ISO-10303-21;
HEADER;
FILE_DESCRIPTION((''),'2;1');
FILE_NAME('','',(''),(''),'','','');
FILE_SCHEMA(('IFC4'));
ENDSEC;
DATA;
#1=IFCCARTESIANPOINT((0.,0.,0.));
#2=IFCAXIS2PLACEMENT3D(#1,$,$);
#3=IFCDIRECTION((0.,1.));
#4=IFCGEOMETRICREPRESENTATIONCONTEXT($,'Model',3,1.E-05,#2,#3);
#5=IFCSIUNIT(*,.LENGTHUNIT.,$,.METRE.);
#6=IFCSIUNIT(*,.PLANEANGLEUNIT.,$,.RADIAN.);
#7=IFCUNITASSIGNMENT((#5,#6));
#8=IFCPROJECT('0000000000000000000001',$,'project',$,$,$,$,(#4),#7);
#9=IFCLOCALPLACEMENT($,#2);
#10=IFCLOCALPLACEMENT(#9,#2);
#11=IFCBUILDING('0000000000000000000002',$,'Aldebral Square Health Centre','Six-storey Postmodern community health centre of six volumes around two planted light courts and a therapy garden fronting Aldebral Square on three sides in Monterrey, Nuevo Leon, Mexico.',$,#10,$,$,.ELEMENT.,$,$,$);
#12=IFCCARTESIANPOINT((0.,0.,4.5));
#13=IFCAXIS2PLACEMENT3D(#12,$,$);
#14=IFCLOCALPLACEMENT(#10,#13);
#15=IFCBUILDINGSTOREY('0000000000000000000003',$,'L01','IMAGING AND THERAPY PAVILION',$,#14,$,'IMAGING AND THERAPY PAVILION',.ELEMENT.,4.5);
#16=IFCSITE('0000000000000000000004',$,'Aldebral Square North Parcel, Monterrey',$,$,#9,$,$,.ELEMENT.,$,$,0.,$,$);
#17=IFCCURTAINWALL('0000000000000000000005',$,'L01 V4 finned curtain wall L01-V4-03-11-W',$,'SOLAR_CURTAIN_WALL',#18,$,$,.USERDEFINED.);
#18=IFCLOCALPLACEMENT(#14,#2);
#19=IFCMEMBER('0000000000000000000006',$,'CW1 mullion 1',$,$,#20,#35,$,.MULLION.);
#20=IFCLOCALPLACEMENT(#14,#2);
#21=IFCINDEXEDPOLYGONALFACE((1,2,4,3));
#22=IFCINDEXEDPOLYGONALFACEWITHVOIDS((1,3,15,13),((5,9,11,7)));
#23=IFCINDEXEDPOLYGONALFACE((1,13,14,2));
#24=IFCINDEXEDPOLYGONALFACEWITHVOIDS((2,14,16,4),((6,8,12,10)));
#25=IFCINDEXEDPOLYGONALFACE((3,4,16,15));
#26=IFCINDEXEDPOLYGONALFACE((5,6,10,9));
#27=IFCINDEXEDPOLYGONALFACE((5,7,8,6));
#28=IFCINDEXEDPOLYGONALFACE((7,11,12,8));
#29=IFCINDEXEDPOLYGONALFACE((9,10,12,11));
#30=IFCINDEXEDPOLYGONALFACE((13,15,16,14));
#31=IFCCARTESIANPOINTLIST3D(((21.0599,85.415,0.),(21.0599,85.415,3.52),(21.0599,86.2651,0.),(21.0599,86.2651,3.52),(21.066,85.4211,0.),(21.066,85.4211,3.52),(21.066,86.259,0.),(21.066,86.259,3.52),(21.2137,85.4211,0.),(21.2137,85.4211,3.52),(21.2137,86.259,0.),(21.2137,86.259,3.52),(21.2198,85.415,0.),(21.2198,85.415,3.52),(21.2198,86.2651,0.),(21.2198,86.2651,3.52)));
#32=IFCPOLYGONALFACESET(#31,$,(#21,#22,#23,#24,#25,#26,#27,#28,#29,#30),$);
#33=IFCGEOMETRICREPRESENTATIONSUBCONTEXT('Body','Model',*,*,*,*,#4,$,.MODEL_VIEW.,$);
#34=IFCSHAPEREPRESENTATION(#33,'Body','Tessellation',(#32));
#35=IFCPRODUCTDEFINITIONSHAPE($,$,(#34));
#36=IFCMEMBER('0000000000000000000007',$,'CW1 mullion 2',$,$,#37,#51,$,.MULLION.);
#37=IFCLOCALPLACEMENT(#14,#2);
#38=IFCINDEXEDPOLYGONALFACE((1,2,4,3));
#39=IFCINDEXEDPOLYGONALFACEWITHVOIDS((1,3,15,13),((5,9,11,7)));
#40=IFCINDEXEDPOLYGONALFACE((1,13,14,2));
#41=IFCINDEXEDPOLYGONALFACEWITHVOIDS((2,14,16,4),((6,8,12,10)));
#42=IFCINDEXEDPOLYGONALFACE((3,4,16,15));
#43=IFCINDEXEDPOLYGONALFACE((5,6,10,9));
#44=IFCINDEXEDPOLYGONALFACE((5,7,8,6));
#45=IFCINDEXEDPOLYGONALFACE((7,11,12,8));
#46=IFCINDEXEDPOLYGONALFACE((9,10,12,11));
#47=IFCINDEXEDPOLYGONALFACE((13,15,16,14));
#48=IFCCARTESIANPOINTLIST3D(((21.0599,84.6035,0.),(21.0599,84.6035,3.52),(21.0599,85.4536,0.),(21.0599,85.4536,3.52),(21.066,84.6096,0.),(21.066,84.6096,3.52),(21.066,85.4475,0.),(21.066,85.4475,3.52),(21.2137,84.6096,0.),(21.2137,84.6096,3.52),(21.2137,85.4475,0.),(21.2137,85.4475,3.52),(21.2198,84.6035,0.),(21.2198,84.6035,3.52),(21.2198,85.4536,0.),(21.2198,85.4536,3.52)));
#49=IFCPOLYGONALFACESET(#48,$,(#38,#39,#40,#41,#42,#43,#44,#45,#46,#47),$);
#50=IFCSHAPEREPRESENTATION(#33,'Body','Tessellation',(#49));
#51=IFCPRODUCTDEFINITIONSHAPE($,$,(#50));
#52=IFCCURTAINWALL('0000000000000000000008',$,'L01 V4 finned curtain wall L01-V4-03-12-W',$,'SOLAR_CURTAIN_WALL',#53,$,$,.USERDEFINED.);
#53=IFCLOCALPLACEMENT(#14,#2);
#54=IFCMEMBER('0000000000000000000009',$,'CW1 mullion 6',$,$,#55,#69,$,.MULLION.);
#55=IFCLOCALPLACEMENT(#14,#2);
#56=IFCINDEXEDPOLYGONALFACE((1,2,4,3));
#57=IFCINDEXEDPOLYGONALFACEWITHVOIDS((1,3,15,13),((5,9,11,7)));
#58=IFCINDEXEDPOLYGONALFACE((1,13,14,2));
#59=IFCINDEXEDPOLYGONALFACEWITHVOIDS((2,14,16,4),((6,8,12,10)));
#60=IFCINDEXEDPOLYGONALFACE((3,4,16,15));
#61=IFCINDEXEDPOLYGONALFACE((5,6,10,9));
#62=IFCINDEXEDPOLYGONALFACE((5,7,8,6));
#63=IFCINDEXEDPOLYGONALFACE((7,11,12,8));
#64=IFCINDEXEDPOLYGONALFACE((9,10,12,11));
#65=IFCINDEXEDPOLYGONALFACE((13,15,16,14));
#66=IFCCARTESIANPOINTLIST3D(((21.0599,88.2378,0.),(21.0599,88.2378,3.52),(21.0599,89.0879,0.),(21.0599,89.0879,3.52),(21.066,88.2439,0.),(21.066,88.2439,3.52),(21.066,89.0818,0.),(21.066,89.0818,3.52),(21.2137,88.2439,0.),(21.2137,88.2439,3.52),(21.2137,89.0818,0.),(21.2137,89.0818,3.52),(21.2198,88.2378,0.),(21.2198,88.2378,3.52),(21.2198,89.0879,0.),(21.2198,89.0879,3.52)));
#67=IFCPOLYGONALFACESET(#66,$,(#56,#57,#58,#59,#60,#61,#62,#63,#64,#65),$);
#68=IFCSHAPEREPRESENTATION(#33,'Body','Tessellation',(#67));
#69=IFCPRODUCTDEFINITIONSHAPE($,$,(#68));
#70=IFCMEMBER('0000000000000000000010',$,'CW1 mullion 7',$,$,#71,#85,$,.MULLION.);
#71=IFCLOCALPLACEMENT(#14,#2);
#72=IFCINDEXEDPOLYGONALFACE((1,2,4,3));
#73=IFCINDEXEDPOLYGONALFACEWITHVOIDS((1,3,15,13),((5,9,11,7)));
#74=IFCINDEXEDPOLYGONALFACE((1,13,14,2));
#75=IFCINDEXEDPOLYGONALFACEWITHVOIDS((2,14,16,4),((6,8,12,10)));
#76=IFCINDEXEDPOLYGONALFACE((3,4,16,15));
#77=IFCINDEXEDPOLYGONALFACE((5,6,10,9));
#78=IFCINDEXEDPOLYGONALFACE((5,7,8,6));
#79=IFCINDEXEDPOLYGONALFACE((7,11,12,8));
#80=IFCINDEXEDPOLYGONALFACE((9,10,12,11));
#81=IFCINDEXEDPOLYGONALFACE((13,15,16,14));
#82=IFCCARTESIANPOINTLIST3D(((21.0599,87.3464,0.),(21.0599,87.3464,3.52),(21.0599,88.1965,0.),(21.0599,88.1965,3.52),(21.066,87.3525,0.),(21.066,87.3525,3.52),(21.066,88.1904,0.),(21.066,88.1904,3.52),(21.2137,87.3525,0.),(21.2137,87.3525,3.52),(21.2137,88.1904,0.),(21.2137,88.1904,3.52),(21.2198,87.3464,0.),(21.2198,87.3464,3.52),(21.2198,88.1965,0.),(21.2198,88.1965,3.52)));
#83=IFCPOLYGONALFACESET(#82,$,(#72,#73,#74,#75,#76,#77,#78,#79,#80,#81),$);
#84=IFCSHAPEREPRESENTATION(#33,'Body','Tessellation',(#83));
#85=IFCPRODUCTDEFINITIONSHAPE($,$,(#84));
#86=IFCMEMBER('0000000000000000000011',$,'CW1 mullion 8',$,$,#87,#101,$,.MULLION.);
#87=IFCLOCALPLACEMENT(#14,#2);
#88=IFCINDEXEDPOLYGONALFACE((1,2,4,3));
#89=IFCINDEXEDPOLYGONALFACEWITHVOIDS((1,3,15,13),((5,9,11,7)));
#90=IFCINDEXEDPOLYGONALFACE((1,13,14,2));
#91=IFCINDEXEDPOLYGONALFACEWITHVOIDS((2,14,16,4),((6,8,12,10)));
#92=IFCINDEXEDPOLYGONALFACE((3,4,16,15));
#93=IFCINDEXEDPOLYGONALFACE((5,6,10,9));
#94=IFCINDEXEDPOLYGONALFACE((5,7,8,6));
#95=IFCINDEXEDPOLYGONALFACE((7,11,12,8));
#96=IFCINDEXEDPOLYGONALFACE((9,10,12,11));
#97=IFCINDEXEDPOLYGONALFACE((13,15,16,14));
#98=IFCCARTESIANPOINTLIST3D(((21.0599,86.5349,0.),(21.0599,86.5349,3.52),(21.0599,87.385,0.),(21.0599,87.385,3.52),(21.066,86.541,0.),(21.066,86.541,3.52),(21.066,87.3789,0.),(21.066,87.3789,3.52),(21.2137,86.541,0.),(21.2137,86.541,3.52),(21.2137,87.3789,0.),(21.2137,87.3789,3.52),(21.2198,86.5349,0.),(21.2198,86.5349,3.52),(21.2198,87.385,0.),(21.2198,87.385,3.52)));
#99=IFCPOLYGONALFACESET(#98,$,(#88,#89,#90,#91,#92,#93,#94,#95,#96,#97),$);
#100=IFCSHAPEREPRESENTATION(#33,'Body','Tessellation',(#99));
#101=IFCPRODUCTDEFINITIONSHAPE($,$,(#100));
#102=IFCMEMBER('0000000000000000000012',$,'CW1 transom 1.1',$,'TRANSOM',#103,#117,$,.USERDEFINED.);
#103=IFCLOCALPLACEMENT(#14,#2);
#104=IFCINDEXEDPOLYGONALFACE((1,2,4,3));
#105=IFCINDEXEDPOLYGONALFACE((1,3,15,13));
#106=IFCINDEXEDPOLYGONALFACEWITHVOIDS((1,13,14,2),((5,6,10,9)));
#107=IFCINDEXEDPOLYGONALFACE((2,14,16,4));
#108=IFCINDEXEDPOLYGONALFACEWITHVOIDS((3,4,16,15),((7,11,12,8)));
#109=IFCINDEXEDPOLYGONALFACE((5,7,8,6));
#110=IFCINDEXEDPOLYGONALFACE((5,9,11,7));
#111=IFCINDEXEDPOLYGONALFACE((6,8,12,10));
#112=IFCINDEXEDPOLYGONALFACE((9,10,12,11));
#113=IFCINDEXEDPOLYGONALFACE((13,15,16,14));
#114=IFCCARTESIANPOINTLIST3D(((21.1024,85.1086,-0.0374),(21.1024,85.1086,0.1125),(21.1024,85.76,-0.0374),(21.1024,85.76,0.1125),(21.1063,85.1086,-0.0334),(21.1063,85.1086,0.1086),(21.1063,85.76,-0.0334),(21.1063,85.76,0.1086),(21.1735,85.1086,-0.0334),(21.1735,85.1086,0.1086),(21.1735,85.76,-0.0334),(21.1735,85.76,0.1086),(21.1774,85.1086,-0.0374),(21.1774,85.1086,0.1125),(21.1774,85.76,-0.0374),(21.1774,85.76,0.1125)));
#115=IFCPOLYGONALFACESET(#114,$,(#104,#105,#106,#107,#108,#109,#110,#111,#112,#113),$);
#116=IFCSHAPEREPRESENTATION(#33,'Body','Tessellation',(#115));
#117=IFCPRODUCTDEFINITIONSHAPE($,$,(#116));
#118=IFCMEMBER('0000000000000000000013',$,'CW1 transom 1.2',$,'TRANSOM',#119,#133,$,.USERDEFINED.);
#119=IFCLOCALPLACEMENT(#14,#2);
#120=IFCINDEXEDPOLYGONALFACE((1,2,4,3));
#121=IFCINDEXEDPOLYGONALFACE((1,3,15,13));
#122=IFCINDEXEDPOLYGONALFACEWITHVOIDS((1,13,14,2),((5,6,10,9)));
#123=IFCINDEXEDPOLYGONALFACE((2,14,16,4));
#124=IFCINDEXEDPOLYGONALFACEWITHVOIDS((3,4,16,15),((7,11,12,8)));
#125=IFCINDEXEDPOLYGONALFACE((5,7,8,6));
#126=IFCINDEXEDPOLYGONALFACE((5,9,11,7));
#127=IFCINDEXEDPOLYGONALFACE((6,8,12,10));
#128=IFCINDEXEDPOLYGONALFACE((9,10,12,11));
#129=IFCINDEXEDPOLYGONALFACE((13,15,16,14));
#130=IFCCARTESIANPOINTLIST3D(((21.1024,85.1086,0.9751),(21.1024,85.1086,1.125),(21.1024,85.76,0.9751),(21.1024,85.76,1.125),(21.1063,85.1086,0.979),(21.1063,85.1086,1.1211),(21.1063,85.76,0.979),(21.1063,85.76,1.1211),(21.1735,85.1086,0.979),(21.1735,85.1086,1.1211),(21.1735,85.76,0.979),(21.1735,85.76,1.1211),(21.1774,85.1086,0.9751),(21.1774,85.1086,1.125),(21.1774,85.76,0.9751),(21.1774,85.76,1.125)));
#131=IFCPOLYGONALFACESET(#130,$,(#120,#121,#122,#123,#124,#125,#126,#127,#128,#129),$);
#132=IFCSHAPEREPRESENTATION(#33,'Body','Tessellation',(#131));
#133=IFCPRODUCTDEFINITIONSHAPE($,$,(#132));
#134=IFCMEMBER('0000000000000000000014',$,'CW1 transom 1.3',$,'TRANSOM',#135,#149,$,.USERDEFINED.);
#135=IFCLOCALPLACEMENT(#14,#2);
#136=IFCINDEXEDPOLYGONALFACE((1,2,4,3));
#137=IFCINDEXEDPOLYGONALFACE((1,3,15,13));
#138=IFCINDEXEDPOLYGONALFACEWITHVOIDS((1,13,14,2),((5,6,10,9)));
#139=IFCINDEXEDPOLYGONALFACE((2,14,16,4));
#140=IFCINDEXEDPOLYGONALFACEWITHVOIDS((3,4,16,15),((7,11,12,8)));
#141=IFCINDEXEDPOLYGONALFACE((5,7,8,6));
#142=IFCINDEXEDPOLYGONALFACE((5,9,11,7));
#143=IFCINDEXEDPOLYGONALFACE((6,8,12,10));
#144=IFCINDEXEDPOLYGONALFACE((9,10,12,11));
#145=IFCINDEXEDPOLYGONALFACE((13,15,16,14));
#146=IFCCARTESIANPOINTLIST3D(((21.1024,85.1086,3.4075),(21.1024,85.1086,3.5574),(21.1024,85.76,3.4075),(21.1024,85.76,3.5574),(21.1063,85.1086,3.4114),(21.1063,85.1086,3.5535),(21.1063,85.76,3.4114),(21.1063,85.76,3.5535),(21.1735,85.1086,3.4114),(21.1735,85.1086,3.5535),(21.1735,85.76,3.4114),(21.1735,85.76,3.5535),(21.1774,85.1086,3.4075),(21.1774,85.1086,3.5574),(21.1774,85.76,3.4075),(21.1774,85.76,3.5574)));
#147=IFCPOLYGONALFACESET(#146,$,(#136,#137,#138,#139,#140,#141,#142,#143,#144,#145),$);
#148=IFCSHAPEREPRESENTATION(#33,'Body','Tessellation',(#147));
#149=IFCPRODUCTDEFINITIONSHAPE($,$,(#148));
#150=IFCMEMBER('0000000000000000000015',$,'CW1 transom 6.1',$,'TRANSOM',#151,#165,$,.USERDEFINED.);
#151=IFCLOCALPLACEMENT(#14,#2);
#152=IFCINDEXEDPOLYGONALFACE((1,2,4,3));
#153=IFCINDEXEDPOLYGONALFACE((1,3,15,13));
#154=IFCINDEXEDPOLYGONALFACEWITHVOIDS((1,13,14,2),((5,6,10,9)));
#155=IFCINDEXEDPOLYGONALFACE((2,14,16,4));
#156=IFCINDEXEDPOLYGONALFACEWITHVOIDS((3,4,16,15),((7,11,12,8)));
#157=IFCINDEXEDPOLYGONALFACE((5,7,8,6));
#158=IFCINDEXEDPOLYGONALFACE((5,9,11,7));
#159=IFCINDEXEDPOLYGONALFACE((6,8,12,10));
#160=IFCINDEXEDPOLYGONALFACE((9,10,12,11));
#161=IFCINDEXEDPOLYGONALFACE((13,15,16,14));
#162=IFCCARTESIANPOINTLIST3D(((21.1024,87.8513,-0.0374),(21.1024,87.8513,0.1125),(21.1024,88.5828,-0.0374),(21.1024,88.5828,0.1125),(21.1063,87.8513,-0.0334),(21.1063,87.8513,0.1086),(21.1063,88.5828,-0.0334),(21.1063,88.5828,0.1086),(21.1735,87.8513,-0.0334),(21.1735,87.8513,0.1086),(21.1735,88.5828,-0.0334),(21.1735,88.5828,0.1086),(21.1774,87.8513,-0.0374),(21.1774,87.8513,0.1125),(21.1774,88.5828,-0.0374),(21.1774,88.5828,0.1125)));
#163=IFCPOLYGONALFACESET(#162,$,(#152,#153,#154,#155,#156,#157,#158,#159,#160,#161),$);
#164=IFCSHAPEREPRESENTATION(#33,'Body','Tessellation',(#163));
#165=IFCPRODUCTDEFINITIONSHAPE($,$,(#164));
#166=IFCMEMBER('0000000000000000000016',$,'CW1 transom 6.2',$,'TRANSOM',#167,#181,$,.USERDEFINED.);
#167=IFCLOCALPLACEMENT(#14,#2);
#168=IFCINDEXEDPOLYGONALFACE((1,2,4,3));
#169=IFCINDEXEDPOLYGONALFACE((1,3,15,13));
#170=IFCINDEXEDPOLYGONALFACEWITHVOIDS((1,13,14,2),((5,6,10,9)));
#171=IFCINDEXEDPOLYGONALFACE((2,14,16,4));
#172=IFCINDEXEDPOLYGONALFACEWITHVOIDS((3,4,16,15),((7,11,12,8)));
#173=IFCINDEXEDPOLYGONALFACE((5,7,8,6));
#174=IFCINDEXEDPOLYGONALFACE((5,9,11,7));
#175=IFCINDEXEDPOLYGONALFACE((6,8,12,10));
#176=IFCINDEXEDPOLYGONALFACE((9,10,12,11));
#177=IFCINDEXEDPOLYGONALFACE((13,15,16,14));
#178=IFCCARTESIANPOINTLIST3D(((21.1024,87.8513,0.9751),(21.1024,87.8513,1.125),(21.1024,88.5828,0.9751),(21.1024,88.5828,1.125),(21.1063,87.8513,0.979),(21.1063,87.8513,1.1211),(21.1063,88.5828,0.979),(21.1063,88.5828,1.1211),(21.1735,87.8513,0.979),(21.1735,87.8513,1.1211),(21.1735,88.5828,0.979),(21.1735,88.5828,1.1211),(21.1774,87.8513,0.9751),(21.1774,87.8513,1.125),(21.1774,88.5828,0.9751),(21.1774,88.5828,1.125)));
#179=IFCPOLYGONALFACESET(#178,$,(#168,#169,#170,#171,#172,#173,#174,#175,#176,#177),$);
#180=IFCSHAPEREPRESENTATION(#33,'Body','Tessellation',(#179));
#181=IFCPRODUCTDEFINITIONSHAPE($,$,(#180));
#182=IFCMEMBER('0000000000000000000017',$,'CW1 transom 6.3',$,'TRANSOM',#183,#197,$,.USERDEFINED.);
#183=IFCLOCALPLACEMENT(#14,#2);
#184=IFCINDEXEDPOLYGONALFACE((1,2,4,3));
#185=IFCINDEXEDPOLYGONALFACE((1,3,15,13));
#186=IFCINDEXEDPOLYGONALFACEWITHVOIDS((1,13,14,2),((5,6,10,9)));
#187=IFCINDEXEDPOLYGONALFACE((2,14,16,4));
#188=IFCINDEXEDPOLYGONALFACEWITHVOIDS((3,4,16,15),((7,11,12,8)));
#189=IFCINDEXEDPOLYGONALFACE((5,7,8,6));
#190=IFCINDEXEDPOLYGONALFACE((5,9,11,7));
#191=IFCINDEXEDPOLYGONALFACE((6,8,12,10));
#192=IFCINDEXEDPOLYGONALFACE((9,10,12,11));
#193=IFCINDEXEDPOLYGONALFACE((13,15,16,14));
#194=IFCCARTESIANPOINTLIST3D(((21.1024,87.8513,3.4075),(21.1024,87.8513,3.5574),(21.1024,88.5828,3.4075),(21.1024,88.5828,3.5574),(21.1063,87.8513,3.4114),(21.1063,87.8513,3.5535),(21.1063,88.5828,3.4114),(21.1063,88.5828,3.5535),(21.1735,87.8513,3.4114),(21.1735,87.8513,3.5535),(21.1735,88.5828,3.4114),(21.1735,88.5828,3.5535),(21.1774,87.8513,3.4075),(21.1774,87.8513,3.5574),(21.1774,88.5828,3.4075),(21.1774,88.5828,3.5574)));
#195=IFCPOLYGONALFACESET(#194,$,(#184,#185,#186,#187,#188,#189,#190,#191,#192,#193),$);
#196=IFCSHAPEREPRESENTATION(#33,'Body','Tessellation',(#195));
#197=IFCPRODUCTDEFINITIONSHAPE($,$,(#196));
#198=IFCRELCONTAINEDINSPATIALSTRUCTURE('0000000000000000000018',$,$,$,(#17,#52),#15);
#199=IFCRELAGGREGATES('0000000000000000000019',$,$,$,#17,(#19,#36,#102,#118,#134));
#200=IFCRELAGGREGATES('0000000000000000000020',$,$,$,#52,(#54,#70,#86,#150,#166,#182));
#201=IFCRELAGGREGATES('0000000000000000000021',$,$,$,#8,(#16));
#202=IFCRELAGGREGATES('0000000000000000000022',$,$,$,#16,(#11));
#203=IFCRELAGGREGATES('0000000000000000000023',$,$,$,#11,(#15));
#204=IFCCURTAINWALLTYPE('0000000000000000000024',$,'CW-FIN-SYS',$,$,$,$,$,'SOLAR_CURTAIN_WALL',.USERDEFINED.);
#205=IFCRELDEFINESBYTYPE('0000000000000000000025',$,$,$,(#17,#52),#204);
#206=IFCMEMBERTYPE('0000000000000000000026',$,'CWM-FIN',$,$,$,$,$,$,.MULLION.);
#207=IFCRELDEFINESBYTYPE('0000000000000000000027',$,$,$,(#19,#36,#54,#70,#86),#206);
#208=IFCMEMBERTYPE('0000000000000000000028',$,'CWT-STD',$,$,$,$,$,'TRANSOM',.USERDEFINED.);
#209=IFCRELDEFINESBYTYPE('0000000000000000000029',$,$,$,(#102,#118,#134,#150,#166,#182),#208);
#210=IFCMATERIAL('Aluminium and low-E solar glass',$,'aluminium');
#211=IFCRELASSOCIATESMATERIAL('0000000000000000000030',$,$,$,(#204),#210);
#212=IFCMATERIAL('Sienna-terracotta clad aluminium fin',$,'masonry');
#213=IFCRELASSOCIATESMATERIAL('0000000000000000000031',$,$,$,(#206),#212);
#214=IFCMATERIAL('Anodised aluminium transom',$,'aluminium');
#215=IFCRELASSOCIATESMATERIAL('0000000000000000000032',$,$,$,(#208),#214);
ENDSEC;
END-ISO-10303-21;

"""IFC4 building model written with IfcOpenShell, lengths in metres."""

from ifc_helpers import new_model, si_unit, direction, frame, origin, origin_2d, place, context, subcontext, project, spatial, hollow_rectangle, extrude, material, material_profile, profile_set, type_object, element, aggregate, save


model = new_model("IFC4")

# Units and contexts
model_context = context("Model", 3, precision=1e-05, world=origin(), true_north=direction((0.0, 1.0)))
body_context = subcontext(model_context, "Body", "Model", "MODEL_VIEW")
ifc_project = project(units=[si_unit("LENGTHUNIT", "METRE"), si_unit("PLANEANGLEUNIT", "RADIAN")], contexts=[model_context])

# Site, building, storey
site_placement = place(None, origin())
site = spatial("IfcSite", under=ifc_project, at=site_placement, Name="Aldebral Square North Parcel, Monterrey", CompositionType="ELEMENT", RefElevation=0.0)
building_placement = place(site_placement, origin())
building = spatial("IfcBuilding", under=site, at=building_placement, Name="Aldebral Square Health Centre", Description="Six-storey Postmodern community health centre of six volumes around two planted light courts and a therapy garden fronting Aldebral Square on three sides in Monterrey, Nuevo Leon, Mexico.", CompositionType="ELEMENT")
storey_placement = place(building_placement, frame((0.0, 0.0, 4.5)))
storey = spatial("IfcBuildingStorey", under=building, at=storey_placement, Name="L01", Description="IMAGING AND THERAPY PAVILION", LongName="IMAGING AND THERAPY PAVILION", CompositionType="ELEMENT", Elevation=4.5)

# Curtain walls, members
ifc_material_1 = material(Name="Aluminium and low-E solar glass", Category="aluminium")
curtain_wall_type = type_object("IfcCurtainWallType", Name="CW-FIN-SYS", ElementType="SOLAR_CURTAIN_WALL", PredefinedType="USERDEFINED", material=ifc_material_1)
curtain_wall_1_placement = place(storey_placement, origin())
curtain_wall_1 = element("IfcCurtainWall", 1, at=curtain_wall_1_placement, inside=storey, type_object=curtain_wall_type, Name="L01 V4 finned curtain wall L01-V4-03-11-W", ObjectType="SOLAR_CURTAIN_WALL", PredefinedType="USERDEFINED")
ifc_material_2 = material(Name="Sienna-terracotta clad aluminium fin", Category="masonry")
ifc_material_profile_1 = material_profile(ifc_material_2, hollow_rectangle(XDim=0.1599, YDim=0.8501, WallThickness=0.0061, at=origin_2d()), Name="FIN 160x850x6")
ifc_profile_set_1 = profile_set([ifc_material_profile_1], Name="Sienna-terracotta clad aluminium fin")
member_type_1 = type_object("IfcMemberType", Name="CWM-FIN", PredefinedType="MULLION", material=ifc_profile_set_1)
member_1_placement = place(storey_placement, frame((21.1399, 85.8401, 0.0), z_axis=(0.0, 0.0, 1.0), x_axis=(1.0, 0.0, 0.0)))
member_1 = element("IfcMember", 2, at=member_1_placement, type_object=member_type_1, Name="CW1 mullion 1", PredefinedType="MULLION", context=body_context, shape_type="SweptSolid", body=[
    extrude(hollow_rectangle(XDim=0.1599, YDim=0.8501, WallThickness=0.0061, at=origin_2d()), origin(), (0.0, 0.0, 1.0), 3.52),
])
member_2_placement = place(storey_placement, frame((21.1399, 85.0286, 0.0), z_axis=(0.0, 0.0, 1.0), x_axis=(1.0, 0.0, 0.0)))
member_2 = element("IfcMember", 3, at=member_2_placement, type_object=member_type_1, Name="CW1 mullion 2", PredefinedType="MULLION", context=body_context, shape_type="SweptSolid", body=[
    extrude(hollow_rectangle(XDim=0.1599, YDim=0.8501, WallThickness=0.0061, at=origin_2d()), origin(), (0.0, 0.0, 1.0), 3.52),
])
curtain_wall_2_placement = place(storey_placement, origin())
curtain_wall_2 = element("IfcCurtainWall", 4, at=curtain_wall_2_placement, inside=storey, type_object=curtain_wall_type, Name="L01 V4 finned curtain wall L01-V4-03-12-W", ObjectType="SOLAR_CURTAIN_WALL", PredefinedType="USERDEFINED")
member_3_placement = place(storey_placement, frame((21.1399, 88.6628, 0.0), z_axis=(0.0, 0.0, 1.0), x_axis=(1.0, 0.0, 0.0)))
member_3 = element("IfcMember", 5, at=member_3_placement, type_object=member_type_1, Name="CW1 mullion 6", PredefinedType="MULLION", context=body_context, shape_type="SweptSolid", body=[
    extrude(hollow_rectangle(XDim=0.1599, YDim=0.8501, WallThickness=0.0061, at=origin_2d()), origin(), (0.0, 0.0, 1.0), 3.52),
])
member_4_placement = place(storey_placement, frame((21.1399, 87.7715, 0.0), z_axis=(0.0, 0.0, 1.0), x_axis=(1.0, 0.0, 0.0)))
member_4 = element("IfcMember", 6, at=member_4_placement, type_object=member_type_1, Name="CW1 mullion 7", PredefinedType="MULLION", context=body_context, shape_type="SweptSolid", body=[
    extrude(hollow_rectangle(XDim=0.1599, YDim=0.8501, WallThickness=0.0061, at=origin_2d()), origin(), (0.0, 0.0, 1.0), 3.52),
])
member_5_placement = place(storey_placement, frame((21.1399, 86.96, 0.0), z_axis=(0.0, 0.0, 1.0), x_axis=(1.0, 0.0, 0.0)))
member_5 = element("IfcMember", 7, at=member_5_placement, type_object=member_type_1, Name="CW1 mullion 8", PredefinedType="MULLION", context=body_context, shape_type="SweptSolid", body=[
    extrude(hollow_rectangle(XDim=0.1599, YDim=0.8501, WallThickness=0.0061, at=origin_2d()), origin(), (0.0, 0.0, 1.0), 3.52),
])

# Members
ifc_material_3 = material(Name="Anodised aluminium transom", Category="aluminium")
ifc_material_profile_2 = material_profile(ifc_material_3, hollow_rectangle(XDim=0.075, YDim=0.1499, WallThickness=0.0039, at=origin_2d()), Name="CWT 75x150x4")
ifc_profile_set_2 = profile_set([ifc_material_profile_2], Name="Anodised aluminium transom")
member_type_2 = type_object("IfcMemberType", Name="CWT-STD", ElementType="TRANSOM", PredefinedType="USERDEFINED", material=ifc_profile_set_2)
member_6_placement = place(storey_placement, frame((21.1399, 85.76, 0.0376), z_axis=(0.0, -1.0, 0.0), x_axis=(1.0, 0.0, 0.0)))
member_6 = element("IfcMember", 8, at=member_6_placement, type_object=member_type_2, Name="CW1 transom 1.1", ObjectType="TRANSOM", PredefinedType="USERDEFINED", context=body_context, shape_type="SweptSolid", body=[
    extrude(hollow_rectangle(XDim=0.075, YDim=0.1499, WallThickness=0.0039, at=origin_2d()), origin(), (0.0, 0.0, 1.0), 0.6514),
])
member_7_placement = place(storey_placement, frame((21.1399, 85.76, 1.05), z_axis=(0.0, -1.0, 0.0), x_axis=(1.0, 0.0, 0.0)))
member_7 = element("IfcMember", 9, at=member_7_placement, type_object=member_type_2, Name="CW1 transom 1.2", ObjectType="TRANSOM", PredefinedType="USERDEFINED", context=body_context, shape_type="SweptSolid", body=[
    extrude(hollow_rectangle(XDim=0.075, YDim=0.1499, WallThickness=0.0039, at=origin_2d()), origin(), (0.0, 0.0, 1.0), 0.6514),
])
member_8_placement = place(storey_placement, frame((21.1399, 85.76, 3.4824), z_axis=(0.0, -1.0, 0.0), x_axis=(1.0, 0.0, 0.0)))
member_8 = element("IfcMember", 10, at=member_8_placement, type_object=member_type_2, Name="CW1 transom 1.3", ObjectType="TRANSOM", PredefinedType="USERDEFINED", context=body_context, shape_type="SweptSolid", body=[
    extrude(hollow_rectangle(XDim=0.075, YDim=0.1499, WallThickness=0.0039, at=origin_2d()), origin(), (0.0, 0.0, 1.0), 0.6514),
])
member_9_placement = place(storey_placement, frame((21.1399, 88.5828, 0.0376), z_axis=(0.0, -1.0, 0.0), x_axis=(1.0, 0.0, 0.0)))
member_9 = element("IfcMember", 11, at=member_9_placement, type_object=member_type_2, Name="CW1 transom 6.1", ObjectType="TRANSOM", PredefinedType="USERDEFINED", context=body_context, shape_type="SweptSolid", body=[
    extrude(hollow_rectangle(XDim=0.075, YDim=0.1499, WallThickness=0.0039, at=origin_2d()), origin(), (0.0, 0.0, 1.0), 0.7314),
])
member_10_placement = place(storey_placement, frame((21.1399, 88.5828, 1.05), z_axis=(0.0, -1.0, 0.0), x_axis=(1.0, 0.0, 0.0)))
member_10 = element("IfcMember", 12, at=member_10_placement, type_object=member_type_2, Name="CW1 transom 6.2", ObjectType="TRANSOM", PredefinedType="USERDEFINED", context=body_context, shape_type="SweptSolid", body=[
    extrude(hollow_rectangle(XDim=0.075, YDim=0.1499, WallThickness=0.0039, at=origin_2d()), origin(), (0.0, 0.0, 1.0), 0.7314),
])
member_11_placement = place(storey_placement, frame((21.1399, 88.5828, 3.4824), z_axis=(0.0, -1.0, 0.0), x_axis=(1.0, 0.0, 0.0)))
member_11 = element("IfcMember", 13, at=member_11_placement, type_object=member_type_2, Name="CW1 transom 6.3", ObjectType="TRANSOM", PredefinedType="USERDEFINED", context=body_context, shape_type="SweptSolid", body=[
    extrude(hollow_rectangle(XDim=0.075, YDim=0.1499, WallThickness=0.0039, at=origin_2d()), origin(), (0.0, 0.0, 1.0), 0.7314),
])

aggregate(curtain_wall_1, [member_1, member_2, member_6, member_7, member_8])
aggregate(curtain_wall_2, [member_3, member_4, member_5, member_9, member_10, member_11])

save(model, "model.ifc")
